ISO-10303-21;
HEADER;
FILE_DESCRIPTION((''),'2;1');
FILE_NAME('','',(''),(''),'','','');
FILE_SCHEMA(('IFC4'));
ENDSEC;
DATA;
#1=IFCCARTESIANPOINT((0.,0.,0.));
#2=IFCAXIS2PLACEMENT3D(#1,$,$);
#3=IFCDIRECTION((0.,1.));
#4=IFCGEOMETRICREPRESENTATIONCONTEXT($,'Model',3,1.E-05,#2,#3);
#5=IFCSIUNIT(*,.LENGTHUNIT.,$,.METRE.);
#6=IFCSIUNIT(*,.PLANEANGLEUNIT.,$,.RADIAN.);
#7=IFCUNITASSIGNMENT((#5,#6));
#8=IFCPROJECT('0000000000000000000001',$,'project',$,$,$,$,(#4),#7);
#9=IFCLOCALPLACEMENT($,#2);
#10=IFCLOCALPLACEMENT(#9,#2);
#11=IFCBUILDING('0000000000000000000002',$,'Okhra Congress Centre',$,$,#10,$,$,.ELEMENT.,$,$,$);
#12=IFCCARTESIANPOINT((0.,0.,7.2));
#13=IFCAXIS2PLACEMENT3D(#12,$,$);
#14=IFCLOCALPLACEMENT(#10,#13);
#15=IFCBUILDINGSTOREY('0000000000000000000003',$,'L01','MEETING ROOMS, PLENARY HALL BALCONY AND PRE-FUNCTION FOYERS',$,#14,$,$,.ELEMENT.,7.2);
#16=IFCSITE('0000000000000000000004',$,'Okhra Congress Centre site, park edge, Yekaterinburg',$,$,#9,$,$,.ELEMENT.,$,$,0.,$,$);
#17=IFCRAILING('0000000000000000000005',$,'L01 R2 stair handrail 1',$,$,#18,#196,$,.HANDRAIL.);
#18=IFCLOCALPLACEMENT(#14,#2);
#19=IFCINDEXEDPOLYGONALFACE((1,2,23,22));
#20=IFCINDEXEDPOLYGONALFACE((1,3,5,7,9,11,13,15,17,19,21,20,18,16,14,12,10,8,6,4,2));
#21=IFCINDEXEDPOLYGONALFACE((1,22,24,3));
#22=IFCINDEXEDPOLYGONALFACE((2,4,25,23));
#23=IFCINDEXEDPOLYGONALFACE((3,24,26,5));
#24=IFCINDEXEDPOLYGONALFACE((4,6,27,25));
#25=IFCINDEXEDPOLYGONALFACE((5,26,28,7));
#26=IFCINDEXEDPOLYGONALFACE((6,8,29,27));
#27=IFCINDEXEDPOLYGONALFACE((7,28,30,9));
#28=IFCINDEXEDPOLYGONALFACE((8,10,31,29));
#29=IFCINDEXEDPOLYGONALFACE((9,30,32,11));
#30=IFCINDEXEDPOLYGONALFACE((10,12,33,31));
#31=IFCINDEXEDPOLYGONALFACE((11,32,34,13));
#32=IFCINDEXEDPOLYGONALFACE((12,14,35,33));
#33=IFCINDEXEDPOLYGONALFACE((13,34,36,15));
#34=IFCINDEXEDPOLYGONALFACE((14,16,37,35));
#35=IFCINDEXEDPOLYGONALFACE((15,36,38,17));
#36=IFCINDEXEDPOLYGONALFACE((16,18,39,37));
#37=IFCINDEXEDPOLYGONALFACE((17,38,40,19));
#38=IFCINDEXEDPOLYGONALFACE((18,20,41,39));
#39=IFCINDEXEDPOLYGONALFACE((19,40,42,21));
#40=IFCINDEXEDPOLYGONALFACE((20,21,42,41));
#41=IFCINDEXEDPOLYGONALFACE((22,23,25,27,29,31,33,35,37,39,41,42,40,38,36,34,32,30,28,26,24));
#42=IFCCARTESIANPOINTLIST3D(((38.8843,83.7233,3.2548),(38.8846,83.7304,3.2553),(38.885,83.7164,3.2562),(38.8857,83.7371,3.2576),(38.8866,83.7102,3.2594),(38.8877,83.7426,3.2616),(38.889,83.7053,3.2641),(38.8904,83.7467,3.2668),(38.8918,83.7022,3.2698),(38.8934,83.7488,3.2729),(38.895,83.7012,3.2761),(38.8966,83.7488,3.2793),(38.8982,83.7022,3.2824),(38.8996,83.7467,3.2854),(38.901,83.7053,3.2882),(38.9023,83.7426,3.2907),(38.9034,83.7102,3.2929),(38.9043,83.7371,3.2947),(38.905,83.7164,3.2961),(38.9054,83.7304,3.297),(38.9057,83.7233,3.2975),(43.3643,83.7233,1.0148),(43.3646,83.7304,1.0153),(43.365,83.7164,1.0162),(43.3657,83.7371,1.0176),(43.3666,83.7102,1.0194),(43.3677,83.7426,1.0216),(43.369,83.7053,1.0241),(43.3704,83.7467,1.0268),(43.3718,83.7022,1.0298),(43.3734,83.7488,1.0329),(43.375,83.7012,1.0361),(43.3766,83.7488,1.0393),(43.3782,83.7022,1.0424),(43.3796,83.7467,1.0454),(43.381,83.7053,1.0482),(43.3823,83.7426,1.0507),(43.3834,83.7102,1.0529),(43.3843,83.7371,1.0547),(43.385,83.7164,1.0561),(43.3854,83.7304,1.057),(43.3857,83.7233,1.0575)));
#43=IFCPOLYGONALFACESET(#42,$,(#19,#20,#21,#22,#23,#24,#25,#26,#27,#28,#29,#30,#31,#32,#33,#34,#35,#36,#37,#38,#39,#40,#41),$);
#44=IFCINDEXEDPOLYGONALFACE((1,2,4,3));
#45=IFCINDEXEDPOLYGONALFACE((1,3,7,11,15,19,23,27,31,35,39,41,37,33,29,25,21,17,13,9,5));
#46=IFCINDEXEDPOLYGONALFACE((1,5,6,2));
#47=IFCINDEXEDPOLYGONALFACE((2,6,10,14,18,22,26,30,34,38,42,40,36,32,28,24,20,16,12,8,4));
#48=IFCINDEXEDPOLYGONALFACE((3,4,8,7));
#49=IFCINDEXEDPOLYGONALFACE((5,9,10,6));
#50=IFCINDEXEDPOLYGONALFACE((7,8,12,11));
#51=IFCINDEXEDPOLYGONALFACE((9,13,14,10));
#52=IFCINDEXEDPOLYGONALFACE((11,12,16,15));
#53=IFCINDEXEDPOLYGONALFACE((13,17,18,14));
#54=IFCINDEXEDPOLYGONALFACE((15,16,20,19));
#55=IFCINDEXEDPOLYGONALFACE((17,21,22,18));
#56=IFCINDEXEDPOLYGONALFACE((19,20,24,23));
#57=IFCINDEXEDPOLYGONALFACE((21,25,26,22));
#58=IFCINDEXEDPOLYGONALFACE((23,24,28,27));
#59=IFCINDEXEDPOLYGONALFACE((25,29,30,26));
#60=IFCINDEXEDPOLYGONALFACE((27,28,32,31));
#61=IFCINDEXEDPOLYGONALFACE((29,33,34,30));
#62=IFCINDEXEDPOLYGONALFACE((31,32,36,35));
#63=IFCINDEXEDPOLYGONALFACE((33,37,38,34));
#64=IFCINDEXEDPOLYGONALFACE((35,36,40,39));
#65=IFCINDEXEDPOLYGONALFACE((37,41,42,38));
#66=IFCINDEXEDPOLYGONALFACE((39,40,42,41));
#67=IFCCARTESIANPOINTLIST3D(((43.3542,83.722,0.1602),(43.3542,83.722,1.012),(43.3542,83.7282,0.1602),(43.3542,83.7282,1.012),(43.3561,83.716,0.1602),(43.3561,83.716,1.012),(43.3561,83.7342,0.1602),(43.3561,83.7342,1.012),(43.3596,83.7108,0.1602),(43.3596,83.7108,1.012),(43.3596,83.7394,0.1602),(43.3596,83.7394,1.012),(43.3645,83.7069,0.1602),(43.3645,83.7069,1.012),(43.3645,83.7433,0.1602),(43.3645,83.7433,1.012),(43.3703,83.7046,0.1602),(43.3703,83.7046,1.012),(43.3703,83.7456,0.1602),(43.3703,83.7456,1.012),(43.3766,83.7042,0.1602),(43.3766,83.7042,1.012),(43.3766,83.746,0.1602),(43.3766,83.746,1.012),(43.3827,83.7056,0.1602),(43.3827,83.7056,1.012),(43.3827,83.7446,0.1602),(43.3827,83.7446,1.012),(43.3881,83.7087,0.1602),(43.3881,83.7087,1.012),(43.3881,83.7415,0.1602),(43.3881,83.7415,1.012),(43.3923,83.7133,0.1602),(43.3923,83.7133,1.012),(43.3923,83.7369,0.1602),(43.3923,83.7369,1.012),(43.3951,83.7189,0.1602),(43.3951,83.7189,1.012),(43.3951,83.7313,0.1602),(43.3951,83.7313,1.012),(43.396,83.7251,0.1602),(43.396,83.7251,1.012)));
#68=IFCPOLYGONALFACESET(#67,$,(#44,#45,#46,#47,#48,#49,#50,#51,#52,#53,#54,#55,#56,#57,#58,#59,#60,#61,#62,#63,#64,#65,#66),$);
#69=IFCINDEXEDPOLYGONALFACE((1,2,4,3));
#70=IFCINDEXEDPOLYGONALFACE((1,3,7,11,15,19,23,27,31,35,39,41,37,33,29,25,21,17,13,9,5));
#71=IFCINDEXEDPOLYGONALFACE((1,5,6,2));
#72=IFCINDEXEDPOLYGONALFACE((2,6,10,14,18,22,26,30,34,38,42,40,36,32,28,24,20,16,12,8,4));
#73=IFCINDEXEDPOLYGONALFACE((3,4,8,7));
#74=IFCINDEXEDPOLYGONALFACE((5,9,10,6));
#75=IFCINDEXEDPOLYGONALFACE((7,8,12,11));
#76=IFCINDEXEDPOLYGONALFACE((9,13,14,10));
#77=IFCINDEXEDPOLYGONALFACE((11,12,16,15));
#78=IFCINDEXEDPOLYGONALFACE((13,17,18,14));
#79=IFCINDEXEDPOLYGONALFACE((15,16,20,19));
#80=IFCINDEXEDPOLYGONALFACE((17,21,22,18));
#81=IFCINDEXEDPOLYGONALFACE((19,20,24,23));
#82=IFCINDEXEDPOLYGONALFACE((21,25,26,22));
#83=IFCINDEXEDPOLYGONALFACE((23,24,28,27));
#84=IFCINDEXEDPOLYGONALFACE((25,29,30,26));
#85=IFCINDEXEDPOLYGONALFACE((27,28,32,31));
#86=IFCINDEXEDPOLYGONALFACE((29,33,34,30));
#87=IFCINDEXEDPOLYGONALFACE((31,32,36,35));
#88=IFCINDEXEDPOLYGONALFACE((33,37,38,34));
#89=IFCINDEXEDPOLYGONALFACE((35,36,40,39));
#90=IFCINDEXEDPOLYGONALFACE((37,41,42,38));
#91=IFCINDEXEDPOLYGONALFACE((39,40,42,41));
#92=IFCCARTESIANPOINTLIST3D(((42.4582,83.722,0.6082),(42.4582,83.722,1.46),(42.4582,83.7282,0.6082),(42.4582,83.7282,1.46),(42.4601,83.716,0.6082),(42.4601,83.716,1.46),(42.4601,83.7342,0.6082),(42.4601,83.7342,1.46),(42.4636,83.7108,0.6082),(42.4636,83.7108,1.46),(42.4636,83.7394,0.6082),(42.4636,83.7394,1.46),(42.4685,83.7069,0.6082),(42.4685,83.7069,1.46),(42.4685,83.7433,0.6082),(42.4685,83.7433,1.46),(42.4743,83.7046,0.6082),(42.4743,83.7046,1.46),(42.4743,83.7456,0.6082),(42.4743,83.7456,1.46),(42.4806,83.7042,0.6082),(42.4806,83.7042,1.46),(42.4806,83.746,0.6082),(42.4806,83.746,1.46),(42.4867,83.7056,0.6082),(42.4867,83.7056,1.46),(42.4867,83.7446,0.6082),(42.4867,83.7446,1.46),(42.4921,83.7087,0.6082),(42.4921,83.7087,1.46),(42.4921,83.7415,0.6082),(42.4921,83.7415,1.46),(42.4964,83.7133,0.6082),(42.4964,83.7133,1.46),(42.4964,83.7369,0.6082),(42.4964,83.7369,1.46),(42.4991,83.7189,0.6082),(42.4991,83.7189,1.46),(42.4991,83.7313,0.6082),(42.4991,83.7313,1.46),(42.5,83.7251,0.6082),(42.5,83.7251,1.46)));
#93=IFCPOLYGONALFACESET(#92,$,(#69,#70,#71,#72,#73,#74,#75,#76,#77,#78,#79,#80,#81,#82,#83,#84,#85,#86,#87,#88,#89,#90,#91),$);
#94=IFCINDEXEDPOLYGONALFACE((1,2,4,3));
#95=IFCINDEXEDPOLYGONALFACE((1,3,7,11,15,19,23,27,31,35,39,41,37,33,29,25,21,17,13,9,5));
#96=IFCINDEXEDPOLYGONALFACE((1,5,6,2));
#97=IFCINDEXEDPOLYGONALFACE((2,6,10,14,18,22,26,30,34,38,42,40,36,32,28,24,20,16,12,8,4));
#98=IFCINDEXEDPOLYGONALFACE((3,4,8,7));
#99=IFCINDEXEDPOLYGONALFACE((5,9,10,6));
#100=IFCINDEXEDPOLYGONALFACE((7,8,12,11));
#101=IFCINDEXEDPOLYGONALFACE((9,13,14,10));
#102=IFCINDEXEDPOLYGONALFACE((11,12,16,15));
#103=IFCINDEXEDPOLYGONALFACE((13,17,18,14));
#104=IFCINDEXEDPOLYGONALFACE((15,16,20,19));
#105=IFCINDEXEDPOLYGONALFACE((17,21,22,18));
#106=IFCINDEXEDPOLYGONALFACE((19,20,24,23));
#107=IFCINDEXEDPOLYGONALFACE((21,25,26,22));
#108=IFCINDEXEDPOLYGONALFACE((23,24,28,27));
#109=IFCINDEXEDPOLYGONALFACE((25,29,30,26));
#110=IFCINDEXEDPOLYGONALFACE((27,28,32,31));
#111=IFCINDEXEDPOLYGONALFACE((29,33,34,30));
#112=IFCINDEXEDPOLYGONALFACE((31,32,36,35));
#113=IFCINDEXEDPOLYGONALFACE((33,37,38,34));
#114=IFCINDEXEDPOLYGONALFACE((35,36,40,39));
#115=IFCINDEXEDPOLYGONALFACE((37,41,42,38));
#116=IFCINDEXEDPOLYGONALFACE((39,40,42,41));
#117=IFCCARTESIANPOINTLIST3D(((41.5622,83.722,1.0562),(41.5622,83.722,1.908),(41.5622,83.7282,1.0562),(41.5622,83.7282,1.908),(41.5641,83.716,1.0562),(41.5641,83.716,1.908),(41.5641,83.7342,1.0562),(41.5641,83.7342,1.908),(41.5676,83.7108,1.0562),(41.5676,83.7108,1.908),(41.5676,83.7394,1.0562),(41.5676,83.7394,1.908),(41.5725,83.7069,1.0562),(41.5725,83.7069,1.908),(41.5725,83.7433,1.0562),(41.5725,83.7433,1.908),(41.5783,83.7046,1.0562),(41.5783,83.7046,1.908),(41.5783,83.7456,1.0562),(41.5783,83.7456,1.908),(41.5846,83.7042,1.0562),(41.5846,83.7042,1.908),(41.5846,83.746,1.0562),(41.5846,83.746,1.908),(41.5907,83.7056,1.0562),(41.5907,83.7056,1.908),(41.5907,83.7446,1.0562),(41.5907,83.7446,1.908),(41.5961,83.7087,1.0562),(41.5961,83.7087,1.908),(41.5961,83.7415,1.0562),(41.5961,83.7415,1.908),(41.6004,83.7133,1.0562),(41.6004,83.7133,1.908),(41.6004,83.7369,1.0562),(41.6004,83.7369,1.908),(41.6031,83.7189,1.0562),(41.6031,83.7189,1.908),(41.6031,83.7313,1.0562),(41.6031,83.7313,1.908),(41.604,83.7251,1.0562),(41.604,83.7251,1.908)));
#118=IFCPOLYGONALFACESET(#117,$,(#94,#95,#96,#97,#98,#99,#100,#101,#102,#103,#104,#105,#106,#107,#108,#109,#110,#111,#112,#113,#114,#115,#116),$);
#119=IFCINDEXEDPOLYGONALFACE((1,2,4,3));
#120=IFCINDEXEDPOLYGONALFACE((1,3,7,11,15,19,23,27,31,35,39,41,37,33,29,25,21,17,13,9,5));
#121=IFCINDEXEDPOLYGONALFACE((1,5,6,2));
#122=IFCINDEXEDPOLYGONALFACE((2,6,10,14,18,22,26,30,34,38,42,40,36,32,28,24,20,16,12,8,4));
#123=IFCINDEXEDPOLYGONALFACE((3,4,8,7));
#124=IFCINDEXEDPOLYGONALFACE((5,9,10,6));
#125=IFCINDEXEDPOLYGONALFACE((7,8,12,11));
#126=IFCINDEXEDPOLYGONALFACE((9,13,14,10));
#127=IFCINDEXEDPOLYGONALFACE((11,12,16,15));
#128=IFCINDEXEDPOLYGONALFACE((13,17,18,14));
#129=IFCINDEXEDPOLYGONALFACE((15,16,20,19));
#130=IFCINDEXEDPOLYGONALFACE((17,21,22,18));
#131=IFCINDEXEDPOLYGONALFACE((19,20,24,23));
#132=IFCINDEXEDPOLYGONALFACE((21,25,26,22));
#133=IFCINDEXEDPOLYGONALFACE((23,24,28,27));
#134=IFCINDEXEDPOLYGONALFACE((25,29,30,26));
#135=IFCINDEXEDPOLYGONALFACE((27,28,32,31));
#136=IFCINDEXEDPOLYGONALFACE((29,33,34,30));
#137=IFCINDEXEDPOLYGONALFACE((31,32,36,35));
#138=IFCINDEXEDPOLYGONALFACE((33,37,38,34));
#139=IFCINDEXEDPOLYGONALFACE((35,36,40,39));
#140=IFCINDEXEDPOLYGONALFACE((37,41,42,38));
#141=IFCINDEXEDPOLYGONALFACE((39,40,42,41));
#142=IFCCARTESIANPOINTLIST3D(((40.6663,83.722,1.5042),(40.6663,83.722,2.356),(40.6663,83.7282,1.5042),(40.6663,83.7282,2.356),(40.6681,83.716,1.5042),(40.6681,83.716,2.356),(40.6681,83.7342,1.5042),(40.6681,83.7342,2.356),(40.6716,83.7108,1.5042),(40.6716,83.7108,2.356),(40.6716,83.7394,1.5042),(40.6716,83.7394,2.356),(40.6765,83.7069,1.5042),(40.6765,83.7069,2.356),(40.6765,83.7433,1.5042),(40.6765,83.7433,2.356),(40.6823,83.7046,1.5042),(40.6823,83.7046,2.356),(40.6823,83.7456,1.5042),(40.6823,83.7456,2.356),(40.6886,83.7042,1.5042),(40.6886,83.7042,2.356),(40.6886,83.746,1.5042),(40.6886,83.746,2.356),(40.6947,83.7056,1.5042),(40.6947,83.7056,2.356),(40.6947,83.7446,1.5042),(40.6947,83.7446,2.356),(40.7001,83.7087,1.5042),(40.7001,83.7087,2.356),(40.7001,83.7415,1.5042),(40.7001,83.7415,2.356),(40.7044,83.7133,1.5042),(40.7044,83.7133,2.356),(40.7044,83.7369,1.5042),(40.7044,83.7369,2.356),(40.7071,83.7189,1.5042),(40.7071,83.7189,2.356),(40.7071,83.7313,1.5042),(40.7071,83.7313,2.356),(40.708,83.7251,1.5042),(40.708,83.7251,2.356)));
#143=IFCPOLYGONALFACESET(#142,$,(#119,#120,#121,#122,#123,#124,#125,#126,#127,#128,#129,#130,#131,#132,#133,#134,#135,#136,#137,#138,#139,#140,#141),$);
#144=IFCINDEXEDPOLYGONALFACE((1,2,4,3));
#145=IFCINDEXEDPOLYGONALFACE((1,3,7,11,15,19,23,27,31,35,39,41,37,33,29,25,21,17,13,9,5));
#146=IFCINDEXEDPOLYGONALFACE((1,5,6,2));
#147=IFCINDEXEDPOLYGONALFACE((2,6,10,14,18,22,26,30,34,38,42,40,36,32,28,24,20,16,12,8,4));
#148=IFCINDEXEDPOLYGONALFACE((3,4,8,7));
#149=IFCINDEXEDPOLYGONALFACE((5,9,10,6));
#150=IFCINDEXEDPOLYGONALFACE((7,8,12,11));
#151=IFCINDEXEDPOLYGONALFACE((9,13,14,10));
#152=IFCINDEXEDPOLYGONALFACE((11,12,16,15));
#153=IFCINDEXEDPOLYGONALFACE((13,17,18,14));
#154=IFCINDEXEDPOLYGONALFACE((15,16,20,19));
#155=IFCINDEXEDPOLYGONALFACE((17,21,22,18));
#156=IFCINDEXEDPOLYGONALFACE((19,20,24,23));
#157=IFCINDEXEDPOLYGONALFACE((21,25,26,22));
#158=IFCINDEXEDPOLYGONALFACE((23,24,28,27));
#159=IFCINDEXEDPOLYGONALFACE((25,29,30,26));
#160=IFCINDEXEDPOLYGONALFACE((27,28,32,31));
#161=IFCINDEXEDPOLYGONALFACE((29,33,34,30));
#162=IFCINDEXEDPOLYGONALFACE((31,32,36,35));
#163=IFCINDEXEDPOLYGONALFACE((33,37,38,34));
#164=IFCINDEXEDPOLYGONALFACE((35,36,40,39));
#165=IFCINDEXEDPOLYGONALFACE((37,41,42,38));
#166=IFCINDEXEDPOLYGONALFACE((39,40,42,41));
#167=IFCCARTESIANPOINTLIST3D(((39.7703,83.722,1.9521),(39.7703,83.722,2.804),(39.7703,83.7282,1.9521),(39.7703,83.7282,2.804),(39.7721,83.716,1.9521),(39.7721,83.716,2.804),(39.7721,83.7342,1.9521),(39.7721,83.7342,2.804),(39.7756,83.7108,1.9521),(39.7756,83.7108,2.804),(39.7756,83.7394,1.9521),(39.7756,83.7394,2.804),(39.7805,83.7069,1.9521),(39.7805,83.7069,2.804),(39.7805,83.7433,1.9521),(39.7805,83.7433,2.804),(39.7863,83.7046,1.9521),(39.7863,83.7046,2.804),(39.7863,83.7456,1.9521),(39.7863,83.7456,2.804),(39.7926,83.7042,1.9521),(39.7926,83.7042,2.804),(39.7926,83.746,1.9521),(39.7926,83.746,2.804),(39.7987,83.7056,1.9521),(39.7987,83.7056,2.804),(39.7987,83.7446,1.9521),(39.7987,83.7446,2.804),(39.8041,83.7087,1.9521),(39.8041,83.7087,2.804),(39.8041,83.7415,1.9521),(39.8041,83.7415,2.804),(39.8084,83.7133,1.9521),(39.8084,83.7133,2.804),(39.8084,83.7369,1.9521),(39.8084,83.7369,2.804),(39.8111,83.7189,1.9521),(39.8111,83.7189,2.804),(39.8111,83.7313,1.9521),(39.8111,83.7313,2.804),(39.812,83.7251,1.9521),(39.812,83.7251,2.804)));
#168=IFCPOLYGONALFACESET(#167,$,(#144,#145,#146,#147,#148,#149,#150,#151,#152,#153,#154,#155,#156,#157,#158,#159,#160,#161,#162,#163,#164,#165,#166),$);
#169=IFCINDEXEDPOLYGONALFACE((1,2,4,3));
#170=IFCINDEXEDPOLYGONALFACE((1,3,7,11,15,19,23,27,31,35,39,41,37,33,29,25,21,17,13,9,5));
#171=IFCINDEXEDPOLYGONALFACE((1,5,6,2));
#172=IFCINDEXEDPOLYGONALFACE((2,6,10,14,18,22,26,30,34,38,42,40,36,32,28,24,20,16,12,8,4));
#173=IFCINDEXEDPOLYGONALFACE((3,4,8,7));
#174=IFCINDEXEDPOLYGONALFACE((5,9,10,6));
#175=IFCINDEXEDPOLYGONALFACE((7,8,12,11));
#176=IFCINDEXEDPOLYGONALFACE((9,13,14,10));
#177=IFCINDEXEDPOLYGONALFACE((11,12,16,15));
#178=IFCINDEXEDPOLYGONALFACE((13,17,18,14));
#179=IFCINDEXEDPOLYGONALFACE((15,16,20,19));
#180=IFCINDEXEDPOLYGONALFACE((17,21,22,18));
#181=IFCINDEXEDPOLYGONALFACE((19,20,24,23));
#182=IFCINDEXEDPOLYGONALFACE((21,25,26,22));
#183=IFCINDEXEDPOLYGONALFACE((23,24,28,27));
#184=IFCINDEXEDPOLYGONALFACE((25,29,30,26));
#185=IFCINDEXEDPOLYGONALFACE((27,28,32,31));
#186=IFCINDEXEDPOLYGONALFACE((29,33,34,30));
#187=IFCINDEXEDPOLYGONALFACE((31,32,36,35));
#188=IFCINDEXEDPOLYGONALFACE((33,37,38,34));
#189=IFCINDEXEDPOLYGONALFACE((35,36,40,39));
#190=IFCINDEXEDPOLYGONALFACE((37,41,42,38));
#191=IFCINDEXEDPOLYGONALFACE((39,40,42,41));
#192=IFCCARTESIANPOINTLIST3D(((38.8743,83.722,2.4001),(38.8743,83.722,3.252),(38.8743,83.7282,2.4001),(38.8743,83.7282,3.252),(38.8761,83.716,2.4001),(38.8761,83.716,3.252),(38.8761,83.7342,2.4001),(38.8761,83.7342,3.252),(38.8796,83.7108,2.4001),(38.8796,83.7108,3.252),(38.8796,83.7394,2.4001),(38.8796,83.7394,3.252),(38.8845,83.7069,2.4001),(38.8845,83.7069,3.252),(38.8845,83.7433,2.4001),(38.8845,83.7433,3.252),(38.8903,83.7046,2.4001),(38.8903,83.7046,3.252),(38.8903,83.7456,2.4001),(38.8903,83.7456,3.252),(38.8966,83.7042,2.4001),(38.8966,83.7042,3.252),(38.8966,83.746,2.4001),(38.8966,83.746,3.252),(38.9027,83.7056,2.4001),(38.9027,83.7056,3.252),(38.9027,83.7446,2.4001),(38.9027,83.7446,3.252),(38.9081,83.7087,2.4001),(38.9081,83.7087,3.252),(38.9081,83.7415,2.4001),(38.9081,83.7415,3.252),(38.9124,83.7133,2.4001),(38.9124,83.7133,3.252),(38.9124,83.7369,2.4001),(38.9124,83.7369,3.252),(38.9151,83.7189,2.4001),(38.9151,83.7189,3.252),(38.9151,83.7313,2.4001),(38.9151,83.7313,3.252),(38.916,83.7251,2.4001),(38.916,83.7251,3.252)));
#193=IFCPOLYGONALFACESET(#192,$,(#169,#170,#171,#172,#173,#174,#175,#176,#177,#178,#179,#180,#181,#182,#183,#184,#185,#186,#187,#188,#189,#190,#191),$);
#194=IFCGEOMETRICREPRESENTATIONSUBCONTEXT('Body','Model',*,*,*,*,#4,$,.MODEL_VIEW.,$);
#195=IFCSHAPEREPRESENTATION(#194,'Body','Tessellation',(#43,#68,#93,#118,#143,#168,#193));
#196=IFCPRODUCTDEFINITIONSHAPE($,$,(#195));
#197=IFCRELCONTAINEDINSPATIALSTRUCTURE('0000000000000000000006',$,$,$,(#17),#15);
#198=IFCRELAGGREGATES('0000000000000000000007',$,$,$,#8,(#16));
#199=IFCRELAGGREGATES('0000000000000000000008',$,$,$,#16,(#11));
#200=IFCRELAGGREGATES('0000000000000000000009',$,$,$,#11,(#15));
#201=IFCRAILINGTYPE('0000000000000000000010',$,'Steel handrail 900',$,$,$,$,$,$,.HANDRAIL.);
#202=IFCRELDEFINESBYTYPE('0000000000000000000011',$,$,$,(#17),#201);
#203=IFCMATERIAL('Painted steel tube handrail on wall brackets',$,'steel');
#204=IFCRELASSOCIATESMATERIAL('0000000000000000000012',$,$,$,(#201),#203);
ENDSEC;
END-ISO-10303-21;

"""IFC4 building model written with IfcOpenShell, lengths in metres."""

from ifc_helpers import new_model, si_unit, direction, frame, origin, origin_2d, place, context, subcontext, project, spatial, circle, extrude, material, type_object, element, save


model = new_model("IFC4")

# Units and contexts
model_context = context("Model", 3, precision=1e-05, world=origin(), true_north=direction((0.0, 1.0)))
body_context = subcontext(model_context, "Body", "Model", "MODEL_VIEW")
ifc_project = project(units=[si_unit("LENGTHUNIT", "METRE"), si_unit("PLANEANGLEUNIT", "RADIAN")], contexts=[model_context])

# Site, building, storey
site_placement = place(None, origin())
site = spatial("IfcSite", under=ifc_project, at=site_placement, Name="Okhra Congress Centre site, park edge, Yekaterinburg", CompositionType="ELEMENT", RefElevation=0.0)
building_placement = place(site_placement, origin())
building = spatial("IfcBuilding", under=site, at=building_placement, Name="Okhra Congress Centre", CompositionType="ELEMENT")
storey_placement = place(building_placement, frame((0.0, 0.0, 7.2)))
storey = spatial("IfcBuildingStorey", under=building, at=storey_placement, Name="L01", Description="MEETING ROOMS, PLENARY HALL BALCONY AND PRE-FUNCTION FOYERS", CompositionType="ELEMENT", Elevation=7.2)

# Railing
ifc_material_1 = material(Name="Painted steel tube handrail on wall brackets", Category="steel")
railing_type_1 = type_object("IfcRailingType", Name="Steel handrail 900", PredefinedType="HANDRAIL", material=ifc_material_1)
railing_1_placement = place(storey_placement, frame((43.375, 83.7251, 0.1602)))
element("IfcRailing", 1, at=railing_1_placement, inside=storey, type_object=railing_type_1, Name="L01 R2 stair handrail 1", PredefinedType="HANDRAIL", context=body_context, shape_type="SweptSolid", body=[
    extrude(circle(Radius=0.0239, at=origin_2d()), frame((0.0, 0.0, 0.876), z_axis=(-0.894427, 0.0, 0.447214), x_axis=(0.0, -1.0, 0.0)), (0.0, 0.0, 1.0), 5.0088),
    extrude(circle(Radius=0.021, at=origin_2d()), origin(), (0.0, 0.0, 1.0), 0.8518),
    extrude(circle(Radius=0.021, at=origin_2d()), frame((-0.896, 0.0, 0.448)), (0.0, 0.0, 1.0), 0.8518),
    extrude(circle(Radius=0.021, at=origin_2d()), frame((-1.792, 0.0, 0.896)), (0.0, 0.0, 1.0), 0.8518),
    extrude(circle(Radius=0.021, at=origin_2d()), frame((-2.688, 0.0, 1.344)), (0.0, 0.0, 1.0), 0.8518),
    extrude(circle(Radius=0.021, at=origin_2d()), frame((-3.584, 0.0, 1.792)), (0.0, 0.0, 1.0), 0.8518),
    extrude(circle(Radius=0.021, at=origin_2d()), frame((-4.48, 0.0, 2.24)), (0.0, 0.0, 1.0), 0.8518),
])

save(model, "model.ifc")
